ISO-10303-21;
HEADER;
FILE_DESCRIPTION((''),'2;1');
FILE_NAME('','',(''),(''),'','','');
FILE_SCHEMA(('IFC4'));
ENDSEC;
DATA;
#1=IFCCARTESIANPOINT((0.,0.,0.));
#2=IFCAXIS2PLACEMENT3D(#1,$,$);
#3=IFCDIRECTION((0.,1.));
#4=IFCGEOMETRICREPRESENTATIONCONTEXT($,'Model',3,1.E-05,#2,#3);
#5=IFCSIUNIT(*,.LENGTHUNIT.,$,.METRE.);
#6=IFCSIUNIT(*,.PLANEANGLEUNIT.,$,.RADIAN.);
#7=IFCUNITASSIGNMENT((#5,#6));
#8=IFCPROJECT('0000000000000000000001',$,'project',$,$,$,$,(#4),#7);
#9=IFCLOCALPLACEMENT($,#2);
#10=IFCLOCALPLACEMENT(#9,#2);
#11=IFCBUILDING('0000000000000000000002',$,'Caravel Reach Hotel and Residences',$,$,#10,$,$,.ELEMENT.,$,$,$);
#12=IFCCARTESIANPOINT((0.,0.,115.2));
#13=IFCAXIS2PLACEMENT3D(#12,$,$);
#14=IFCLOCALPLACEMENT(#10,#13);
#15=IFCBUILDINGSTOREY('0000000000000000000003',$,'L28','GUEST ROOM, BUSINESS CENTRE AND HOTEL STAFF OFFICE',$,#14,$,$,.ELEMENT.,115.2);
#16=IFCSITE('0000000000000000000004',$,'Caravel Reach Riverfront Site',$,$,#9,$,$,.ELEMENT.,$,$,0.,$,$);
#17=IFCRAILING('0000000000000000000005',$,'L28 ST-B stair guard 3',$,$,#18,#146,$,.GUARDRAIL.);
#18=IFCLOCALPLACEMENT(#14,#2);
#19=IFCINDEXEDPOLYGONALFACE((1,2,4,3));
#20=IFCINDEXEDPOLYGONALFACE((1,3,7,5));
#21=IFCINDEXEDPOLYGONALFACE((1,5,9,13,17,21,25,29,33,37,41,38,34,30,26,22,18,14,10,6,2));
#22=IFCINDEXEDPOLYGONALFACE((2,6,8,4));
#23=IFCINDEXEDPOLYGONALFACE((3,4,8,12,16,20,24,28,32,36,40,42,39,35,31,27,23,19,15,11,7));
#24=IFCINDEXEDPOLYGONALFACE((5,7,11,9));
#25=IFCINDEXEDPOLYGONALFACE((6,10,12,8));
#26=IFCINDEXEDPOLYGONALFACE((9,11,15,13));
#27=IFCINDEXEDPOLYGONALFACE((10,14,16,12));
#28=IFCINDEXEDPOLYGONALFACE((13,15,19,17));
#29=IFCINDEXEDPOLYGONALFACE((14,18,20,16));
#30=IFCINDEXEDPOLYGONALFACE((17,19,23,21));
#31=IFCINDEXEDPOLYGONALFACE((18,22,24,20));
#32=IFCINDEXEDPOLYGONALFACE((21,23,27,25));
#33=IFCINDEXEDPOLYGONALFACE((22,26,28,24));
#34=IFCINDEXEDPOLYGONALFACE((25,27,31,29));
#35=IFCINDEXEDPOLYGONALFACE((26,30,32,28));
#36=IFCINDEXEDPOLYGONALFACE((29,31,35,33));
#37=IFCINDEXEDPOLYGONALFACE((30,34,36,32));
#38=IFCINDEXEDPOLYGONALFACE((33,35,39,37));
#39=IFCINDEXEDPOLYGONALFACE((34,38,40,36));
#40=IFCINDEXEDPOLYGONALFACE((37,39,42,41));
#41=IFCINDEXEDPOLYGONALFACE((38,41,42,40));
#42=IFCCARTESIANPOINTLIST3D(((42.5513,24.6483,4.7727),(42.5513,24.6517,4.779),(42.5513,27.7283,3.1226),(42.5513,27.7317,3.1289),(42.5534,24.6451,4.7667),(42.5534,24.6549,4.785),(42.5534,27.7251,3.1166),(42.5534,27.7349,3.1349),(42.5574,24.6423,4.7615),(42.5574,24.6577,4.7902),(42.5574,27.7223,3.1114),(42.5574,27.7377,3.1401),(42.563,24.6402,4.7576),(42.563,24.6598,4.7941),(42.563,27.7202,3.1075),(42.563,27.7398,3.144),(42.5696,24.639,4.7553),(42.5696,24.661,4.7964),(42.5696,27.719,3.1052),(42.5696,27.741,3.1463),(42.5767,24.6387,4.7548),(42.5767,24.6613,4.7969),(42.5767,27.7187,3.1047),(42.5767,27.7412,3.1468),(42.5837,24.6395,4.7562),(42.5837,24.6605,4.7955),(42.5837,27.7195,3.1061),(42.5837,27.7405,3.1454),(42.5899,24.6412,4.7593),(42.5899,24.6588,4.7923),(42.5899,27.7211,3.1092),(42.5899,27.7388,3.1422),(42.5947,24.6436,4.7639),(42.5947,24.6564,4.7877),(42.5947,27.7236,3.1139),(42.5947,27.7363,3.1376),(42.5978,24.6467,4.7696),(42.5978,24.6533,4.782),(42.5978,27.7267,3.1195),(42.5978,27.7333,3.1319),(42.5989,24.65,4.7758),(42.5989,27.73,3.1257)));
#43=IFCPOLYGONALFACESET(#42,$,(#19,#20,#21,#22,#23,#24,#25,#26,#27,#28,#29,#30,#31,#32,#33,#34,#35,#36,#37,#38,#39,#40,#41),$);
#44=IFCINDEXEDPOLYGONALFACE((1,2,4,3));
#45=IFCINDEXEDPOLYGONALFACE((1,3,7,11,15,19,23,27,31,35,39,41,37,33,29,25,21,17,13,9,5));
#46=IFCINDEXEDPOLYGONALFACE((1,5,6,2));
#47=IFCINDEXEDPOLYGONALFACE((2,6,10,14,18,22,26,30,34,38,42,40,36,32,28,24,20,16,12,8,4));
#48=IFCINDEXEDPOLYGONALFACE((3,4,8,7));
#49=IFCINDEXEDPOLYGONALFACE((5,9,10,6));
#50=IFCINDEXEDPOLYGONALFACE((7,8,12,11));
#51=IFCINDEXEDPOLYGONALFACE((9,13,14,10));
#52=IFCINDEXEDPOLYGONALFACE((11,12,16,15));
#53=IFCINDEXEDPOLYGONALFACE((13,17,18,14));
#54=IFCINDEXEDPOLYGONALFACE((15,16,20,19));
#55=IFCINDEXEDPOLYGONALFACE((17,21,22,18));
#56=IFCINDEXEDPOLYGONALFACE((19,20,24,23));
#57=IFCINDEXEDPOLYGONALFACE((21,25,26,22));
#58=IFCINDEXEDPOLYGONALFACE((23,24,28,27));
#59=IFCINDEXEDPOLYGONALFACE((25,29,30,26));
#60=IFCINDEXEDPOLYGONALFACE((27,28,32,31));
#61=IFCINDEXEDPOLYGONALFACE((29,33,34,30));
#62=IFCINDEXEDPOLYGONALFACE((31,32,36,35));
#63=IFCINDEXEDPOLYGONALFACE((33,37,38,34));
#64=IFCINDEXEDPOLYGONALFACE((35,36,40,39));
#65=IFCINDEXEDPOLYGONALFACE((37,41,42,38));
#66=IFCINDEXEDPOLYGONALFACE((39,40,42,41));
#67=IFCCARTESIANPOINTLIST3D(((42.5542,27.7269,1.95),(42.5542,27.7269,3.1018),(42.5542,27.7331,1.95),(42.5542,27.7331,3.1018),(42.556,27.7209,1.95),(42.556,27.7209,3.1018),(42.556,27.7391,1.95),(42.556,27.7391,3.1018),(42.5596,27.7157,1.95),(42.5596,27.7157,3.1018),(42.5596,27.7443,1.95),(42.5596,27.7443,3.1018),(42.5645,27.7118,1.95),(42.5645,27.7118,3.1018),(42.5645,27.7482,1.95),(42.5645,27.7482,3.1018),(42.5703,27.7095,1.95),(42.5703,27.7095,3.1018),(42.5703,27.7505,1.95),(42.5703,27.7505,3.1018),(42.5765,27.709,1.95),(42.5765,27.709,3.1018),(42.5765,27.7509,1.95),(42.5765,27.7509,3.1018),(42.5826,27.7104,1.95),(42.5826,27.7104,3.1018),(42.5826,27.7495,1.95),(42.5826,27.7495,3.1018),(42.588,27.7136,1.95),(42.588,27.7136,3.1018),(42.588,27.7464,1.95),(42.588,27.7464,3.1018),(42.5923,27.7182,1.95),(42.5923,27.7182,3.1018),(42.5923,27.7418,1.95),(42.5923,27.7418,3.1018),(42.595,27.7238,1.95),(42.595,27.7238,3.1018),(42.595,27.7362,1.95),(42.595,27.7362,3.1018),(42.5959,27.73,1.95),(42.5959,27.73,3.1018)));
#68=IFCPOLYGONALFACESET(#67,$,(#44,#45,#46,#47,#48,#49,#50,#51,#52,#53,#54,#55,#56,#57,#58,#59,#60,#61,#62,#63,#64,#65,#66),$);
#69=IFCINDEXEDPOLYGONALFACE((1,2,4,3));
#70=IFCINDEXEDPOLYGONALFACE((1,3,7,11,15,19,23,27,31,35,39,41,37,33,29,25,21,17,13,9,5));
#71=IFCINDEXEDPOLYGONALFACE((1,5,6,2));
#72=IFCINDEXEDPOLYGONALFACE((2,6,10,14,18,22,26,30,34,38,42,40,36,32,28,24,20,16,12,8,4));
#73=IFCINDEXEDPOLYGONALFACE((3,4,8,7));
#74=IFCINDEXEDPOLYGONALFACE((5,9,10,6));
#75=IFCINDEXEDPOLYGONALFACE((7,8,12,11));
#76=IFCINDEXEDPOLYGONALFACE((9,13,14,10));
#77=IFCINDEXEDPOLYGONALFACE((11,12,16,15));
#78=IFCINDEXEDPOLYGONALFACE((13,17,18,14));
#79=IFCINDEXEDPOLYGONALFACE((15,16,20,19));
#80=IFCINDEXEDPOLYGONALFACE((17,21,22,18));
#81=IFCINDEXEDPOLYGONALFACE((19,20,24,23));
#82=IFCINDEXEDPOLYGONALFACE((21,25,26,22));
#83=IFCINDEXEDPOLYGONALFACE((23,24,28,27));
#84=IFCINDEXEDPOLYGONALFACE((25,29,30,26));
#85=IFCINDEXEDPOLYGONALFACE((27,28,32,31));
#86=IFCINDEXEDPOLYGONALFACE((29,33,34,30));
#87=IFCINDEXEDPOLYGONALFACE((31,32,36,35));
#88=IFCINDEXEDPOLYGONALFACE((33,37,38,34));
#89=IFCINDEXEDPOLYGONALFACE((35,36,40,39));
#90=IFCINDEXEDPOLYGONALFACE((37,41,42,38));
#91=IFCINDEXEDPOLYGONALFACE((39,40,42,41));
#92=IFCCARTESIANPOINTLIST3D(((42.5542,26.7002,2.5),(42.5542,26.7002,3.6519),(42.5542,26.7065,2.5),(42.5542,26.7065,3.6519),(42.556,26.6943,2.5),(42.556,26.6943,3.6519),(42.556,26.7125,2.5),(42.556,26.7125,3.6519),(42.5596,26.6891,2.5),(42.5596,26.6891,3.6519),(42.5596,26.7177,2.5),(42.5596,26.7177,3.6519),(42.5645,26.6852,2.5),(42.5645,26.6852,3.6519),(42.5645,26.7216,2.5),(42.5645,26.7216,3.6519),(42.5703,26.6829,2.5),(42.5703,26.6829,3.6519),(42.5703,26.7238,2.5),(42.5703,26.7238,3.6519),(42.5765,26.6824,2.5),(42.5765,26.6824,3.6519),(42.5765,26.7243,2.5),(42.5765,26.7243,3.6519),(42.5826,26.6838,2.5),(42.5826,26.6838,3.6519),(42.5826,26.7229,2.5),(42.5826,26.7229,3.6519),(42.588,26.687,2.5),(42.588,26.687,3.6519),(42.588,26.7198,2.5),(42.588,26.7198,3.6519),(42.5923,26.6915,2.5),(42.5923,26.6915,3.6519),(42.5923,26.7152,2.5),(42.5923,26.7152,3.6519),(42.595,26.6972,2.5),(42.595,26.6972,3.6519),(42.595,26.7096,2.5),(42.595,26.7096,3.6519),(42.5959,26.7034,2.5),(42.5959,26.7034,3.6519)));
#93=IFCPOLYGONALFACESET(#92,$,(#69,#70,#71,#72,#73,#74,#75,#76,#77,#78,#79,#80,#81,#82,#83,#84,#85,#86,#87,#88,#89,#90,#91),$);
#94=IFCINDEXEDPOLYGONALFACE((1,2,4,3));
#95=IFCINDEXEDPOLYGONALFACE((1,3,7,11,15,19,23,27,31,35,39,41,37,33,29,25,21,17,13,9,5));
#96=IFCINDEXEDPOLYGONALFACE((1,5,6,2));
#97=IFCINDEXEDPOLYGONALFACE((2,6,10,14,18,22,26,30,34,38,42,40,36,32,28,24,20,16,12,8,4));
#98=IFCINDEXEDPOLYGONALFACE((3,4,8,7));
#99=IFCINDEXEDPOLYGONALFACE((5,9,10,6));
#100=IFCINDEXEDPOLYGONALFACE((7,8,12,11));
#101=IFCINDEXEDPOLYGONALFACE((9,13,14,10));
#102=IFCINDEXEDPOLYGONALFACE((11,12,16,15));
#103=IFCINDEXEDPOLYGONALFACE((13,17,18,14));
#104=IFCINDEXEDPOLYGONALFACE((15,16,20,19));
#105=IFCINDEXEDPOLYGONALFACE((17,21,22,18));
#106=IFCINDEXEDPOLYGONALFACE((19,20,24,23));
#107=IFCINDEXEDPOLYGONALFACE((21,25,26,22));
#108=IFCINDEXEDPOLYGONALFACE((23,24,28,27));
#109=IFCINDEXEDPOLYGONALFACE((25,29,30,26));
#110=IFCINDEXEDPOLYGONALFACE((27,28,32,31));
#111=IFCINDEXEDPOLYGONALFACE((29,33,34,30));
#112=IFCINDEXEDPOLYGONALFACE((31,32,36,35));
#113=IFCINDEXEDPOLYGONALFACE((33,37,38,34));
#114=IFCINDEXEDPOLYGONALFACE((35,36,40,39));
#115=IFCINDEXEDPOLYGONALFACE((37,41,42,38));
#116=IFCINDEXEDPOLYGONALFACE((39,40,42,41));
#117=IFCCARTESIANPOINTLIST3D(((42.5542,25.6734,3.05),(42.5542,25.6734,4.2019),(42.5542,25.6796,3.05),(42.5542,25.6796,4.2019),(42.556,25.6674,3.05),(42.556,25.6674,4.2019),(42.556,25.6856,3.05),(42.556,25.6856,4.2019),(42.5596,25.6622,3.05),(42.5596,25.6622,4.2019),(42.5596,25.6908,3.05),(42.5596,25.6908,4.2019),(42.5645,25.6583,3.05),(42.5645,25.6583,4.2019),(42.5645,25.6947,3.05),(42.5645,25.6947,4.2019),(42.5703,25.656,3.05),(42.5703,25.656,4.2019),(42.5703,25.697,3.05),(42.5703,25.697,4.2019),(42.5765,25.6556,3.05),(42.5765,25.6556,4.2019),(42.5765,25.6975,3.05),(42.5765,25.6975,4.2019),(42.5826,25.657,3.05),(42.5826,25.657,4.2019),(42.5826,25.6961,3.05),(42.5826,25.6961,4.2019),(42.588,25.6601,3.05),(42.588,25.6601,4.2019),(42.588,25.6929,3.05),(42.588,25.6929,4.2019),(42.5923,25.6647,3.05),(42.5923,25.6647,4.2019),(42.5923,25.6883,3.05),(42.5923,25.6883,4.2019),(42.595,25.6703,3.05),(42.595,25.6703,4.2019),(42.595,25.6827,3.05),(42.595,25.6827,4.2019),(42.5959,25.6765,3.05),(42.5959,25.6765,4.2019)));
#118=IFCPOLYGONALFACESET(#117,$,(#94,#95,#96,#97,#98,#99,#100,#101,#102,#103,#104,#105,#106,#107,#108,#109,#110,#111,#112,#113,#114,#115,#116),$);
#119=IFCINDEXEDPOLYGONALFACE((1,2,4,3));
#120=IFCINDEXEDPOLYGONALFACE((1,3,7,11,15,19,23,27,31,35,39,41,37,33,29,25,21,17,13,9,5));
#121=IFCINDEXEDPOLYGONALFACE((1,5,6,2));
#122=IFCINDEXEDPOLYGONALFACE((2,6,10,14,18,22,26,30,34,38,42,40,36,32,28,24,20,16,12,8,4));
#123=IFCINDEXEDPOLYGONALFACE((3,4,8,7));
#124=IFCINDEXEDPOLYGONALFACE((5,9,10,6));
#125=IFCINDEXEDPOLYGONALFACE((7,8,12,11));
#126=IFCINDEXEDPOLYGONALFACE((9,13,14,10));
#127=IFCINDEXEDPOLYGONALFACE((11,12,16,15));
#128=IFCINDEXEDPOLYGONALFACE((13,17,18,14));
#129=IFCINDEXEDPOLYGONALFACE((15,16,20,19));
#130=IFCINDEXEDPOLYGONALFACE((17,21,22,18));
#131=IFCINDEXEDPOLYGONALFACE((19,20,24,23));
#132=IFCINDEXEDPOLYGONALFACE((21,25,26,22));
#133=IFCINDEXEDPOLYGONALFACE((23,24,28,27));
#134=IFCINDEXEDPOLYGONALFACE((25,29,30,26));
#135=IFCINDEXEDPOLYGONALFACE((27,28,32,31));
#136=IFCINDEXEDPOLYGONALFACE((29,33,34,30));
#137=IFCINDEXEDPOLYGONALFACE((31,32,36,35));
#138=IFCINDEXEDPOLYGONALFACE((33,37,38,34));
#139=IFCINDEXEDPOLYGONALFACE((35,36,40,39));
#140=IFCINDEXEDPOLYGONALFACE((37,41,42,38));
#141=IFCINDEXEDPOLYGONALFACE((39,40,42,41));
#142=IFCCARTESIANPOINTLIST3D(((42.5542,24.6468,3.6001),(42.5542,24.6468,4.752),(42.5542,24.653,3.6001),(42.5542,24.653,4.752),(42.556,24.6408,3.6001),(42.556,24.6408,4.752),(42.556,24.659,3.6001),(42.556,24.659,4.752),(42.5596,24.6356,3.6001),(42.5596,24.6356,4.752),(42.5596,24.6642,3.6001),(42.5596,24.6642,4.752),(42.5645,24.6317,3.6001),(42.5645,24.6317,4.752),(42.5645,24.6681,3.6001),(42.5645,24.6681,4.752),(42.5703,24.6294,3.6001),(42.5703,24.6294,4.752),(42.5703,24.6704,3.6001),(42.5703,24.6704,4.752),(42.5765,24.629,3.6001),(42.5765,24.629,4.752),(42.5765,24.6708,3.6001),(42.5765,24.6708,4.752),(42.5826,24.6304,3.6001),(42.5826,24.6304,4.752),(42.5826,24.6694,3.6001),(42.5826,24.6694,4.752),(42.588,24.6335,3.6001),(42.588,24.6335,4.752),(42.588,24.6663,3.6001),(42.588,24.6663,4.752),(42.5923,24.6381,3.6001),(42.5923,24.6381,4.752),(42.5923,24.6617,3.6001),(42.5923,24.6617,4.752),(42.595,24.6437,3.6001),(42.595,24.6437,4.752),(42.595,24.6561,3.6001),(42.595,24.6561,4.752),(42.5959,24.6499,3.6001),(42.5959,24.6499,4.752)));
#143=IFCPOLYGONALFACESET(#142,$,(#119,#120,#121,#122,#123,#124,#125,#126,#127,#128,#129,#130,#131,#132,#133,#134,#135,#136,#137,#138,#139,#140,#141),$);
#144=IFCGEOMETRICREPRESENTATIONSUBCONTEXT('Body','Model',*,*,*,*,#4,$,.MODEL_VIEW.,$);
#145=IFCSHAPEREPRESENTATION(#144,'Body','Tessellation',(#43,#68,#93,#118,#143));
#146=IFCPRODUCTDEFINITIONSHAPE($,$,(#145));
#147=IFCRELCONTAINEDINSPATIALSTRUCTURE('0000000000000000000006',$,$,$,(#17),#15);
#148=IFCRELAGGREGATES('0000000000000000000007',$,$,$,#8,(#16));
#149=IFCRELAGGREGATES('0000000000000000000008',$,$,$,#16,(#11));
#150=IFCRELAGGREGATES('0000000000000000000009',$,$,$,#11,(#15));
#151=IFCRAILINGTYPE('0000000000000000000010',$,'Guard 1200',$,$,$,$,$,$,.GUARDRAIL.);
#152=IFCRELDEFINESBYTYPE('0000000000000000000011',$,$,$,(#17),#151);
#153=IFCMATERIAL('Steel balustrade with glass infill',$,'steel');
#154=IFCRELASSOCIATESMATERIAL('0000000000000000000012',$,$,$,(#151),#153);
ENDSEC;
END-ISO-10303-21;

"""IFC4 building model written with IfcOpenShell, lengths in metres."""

from ifc_helpers import new_model, si_unit, direction, frame, origin, origin_2d, place, context, subcontext, project, spatial, circle, extrude, material, type_object, element, save


model = new_model("IFC4")

# Units and contexts
model_context = context("Model", 3, precision=1e-05, world=origin(), true_north=direction((0.0, 1.0)))
body_context = subcontext(model_context, "Body", "Model", "MODEL_VIEW")
ifc_project = project(units=[si_unit("LENGTHUNIT", "METRE"), si_unit("PLANEANGLEUNIT", "RADIAN")], contexts=[model_context])

# Site, building, storey
site_placement = place(None, origin())
site = spatial("IfcSite", under=ifc_project, at=site_placement, Name="Caravel Reach Riverfront Site", CompositionType="ELEMENT", RefElevation=0.0)
building_placement = place(site_placement, origin())
building = spatial("IfcBuilding", under=site, at=building_placement, Name="Caravel Reach Hotel and Residences", CompositionType="ELEMENT")
storey_placement = place(building_placement, frame((0.0, 0.0, 115.2)))
storey = spatial("IfcBuildingStorey", under=building, at=storey_placement, Name="L28", Description="GUEST ROOM, BUSINESS CENTRE AND HOTEL STAFF OFFICE", CompositionType="ELEMENT", Elevation=115.2)

# Railing
ifc_material_1 = material(Name="Steel balustrade with glass infill", Category="steel")
railing_type_1 = type_object("IfcRailingType", Name="Guard 1200", PredefinedType="GUARDRAIL", material=ifc_material_1)
railing_1_placement = place(storey_placement, frame((42.575, 27.73, 1.95)))
element("IfcRailing", 1, at=railing_1_placement, inside=storey, type_object=railing_type_1, Name="L28 ST-B stair guard 3", PredefinedType="GUARDRAIL", context=body_context, shape_type="SweptSolid", body=[
    extrude(circle(Radius=0.0239, at=origin_2d()), frame((0.0, 0.0, 1.1758), z_axis=(0.0, -0.881468, 0.472245), x_axis=(1.0, 0.0, 0.0)), (0.0, 0.0, 1.0), 3.4941),
    extrude(circle(Radius=0.021, at=origin_2d()), origin(), (0.0, 0.0, 1.0), 1.1519),
    extrude(circle(Radius=0.021, at=origin_2d()), frame((0.0, -1.0266, 0.55)), (0.0, 0.0, 1.0), 1.1519),
    extrude(circle(Radius=0.021, at=origin_2d()), frame((0.0, -2.0535, 1.1001)), (0.0, 0.0, 1.0), 1.1519),
    extrude(circle(Radius=0.021, at=origin_2d()), frame((0.0, -3.0801, 1.6501)), (0.0, 0.0, 1.0), 1.1519),
])

save(model, "model.ifc")
